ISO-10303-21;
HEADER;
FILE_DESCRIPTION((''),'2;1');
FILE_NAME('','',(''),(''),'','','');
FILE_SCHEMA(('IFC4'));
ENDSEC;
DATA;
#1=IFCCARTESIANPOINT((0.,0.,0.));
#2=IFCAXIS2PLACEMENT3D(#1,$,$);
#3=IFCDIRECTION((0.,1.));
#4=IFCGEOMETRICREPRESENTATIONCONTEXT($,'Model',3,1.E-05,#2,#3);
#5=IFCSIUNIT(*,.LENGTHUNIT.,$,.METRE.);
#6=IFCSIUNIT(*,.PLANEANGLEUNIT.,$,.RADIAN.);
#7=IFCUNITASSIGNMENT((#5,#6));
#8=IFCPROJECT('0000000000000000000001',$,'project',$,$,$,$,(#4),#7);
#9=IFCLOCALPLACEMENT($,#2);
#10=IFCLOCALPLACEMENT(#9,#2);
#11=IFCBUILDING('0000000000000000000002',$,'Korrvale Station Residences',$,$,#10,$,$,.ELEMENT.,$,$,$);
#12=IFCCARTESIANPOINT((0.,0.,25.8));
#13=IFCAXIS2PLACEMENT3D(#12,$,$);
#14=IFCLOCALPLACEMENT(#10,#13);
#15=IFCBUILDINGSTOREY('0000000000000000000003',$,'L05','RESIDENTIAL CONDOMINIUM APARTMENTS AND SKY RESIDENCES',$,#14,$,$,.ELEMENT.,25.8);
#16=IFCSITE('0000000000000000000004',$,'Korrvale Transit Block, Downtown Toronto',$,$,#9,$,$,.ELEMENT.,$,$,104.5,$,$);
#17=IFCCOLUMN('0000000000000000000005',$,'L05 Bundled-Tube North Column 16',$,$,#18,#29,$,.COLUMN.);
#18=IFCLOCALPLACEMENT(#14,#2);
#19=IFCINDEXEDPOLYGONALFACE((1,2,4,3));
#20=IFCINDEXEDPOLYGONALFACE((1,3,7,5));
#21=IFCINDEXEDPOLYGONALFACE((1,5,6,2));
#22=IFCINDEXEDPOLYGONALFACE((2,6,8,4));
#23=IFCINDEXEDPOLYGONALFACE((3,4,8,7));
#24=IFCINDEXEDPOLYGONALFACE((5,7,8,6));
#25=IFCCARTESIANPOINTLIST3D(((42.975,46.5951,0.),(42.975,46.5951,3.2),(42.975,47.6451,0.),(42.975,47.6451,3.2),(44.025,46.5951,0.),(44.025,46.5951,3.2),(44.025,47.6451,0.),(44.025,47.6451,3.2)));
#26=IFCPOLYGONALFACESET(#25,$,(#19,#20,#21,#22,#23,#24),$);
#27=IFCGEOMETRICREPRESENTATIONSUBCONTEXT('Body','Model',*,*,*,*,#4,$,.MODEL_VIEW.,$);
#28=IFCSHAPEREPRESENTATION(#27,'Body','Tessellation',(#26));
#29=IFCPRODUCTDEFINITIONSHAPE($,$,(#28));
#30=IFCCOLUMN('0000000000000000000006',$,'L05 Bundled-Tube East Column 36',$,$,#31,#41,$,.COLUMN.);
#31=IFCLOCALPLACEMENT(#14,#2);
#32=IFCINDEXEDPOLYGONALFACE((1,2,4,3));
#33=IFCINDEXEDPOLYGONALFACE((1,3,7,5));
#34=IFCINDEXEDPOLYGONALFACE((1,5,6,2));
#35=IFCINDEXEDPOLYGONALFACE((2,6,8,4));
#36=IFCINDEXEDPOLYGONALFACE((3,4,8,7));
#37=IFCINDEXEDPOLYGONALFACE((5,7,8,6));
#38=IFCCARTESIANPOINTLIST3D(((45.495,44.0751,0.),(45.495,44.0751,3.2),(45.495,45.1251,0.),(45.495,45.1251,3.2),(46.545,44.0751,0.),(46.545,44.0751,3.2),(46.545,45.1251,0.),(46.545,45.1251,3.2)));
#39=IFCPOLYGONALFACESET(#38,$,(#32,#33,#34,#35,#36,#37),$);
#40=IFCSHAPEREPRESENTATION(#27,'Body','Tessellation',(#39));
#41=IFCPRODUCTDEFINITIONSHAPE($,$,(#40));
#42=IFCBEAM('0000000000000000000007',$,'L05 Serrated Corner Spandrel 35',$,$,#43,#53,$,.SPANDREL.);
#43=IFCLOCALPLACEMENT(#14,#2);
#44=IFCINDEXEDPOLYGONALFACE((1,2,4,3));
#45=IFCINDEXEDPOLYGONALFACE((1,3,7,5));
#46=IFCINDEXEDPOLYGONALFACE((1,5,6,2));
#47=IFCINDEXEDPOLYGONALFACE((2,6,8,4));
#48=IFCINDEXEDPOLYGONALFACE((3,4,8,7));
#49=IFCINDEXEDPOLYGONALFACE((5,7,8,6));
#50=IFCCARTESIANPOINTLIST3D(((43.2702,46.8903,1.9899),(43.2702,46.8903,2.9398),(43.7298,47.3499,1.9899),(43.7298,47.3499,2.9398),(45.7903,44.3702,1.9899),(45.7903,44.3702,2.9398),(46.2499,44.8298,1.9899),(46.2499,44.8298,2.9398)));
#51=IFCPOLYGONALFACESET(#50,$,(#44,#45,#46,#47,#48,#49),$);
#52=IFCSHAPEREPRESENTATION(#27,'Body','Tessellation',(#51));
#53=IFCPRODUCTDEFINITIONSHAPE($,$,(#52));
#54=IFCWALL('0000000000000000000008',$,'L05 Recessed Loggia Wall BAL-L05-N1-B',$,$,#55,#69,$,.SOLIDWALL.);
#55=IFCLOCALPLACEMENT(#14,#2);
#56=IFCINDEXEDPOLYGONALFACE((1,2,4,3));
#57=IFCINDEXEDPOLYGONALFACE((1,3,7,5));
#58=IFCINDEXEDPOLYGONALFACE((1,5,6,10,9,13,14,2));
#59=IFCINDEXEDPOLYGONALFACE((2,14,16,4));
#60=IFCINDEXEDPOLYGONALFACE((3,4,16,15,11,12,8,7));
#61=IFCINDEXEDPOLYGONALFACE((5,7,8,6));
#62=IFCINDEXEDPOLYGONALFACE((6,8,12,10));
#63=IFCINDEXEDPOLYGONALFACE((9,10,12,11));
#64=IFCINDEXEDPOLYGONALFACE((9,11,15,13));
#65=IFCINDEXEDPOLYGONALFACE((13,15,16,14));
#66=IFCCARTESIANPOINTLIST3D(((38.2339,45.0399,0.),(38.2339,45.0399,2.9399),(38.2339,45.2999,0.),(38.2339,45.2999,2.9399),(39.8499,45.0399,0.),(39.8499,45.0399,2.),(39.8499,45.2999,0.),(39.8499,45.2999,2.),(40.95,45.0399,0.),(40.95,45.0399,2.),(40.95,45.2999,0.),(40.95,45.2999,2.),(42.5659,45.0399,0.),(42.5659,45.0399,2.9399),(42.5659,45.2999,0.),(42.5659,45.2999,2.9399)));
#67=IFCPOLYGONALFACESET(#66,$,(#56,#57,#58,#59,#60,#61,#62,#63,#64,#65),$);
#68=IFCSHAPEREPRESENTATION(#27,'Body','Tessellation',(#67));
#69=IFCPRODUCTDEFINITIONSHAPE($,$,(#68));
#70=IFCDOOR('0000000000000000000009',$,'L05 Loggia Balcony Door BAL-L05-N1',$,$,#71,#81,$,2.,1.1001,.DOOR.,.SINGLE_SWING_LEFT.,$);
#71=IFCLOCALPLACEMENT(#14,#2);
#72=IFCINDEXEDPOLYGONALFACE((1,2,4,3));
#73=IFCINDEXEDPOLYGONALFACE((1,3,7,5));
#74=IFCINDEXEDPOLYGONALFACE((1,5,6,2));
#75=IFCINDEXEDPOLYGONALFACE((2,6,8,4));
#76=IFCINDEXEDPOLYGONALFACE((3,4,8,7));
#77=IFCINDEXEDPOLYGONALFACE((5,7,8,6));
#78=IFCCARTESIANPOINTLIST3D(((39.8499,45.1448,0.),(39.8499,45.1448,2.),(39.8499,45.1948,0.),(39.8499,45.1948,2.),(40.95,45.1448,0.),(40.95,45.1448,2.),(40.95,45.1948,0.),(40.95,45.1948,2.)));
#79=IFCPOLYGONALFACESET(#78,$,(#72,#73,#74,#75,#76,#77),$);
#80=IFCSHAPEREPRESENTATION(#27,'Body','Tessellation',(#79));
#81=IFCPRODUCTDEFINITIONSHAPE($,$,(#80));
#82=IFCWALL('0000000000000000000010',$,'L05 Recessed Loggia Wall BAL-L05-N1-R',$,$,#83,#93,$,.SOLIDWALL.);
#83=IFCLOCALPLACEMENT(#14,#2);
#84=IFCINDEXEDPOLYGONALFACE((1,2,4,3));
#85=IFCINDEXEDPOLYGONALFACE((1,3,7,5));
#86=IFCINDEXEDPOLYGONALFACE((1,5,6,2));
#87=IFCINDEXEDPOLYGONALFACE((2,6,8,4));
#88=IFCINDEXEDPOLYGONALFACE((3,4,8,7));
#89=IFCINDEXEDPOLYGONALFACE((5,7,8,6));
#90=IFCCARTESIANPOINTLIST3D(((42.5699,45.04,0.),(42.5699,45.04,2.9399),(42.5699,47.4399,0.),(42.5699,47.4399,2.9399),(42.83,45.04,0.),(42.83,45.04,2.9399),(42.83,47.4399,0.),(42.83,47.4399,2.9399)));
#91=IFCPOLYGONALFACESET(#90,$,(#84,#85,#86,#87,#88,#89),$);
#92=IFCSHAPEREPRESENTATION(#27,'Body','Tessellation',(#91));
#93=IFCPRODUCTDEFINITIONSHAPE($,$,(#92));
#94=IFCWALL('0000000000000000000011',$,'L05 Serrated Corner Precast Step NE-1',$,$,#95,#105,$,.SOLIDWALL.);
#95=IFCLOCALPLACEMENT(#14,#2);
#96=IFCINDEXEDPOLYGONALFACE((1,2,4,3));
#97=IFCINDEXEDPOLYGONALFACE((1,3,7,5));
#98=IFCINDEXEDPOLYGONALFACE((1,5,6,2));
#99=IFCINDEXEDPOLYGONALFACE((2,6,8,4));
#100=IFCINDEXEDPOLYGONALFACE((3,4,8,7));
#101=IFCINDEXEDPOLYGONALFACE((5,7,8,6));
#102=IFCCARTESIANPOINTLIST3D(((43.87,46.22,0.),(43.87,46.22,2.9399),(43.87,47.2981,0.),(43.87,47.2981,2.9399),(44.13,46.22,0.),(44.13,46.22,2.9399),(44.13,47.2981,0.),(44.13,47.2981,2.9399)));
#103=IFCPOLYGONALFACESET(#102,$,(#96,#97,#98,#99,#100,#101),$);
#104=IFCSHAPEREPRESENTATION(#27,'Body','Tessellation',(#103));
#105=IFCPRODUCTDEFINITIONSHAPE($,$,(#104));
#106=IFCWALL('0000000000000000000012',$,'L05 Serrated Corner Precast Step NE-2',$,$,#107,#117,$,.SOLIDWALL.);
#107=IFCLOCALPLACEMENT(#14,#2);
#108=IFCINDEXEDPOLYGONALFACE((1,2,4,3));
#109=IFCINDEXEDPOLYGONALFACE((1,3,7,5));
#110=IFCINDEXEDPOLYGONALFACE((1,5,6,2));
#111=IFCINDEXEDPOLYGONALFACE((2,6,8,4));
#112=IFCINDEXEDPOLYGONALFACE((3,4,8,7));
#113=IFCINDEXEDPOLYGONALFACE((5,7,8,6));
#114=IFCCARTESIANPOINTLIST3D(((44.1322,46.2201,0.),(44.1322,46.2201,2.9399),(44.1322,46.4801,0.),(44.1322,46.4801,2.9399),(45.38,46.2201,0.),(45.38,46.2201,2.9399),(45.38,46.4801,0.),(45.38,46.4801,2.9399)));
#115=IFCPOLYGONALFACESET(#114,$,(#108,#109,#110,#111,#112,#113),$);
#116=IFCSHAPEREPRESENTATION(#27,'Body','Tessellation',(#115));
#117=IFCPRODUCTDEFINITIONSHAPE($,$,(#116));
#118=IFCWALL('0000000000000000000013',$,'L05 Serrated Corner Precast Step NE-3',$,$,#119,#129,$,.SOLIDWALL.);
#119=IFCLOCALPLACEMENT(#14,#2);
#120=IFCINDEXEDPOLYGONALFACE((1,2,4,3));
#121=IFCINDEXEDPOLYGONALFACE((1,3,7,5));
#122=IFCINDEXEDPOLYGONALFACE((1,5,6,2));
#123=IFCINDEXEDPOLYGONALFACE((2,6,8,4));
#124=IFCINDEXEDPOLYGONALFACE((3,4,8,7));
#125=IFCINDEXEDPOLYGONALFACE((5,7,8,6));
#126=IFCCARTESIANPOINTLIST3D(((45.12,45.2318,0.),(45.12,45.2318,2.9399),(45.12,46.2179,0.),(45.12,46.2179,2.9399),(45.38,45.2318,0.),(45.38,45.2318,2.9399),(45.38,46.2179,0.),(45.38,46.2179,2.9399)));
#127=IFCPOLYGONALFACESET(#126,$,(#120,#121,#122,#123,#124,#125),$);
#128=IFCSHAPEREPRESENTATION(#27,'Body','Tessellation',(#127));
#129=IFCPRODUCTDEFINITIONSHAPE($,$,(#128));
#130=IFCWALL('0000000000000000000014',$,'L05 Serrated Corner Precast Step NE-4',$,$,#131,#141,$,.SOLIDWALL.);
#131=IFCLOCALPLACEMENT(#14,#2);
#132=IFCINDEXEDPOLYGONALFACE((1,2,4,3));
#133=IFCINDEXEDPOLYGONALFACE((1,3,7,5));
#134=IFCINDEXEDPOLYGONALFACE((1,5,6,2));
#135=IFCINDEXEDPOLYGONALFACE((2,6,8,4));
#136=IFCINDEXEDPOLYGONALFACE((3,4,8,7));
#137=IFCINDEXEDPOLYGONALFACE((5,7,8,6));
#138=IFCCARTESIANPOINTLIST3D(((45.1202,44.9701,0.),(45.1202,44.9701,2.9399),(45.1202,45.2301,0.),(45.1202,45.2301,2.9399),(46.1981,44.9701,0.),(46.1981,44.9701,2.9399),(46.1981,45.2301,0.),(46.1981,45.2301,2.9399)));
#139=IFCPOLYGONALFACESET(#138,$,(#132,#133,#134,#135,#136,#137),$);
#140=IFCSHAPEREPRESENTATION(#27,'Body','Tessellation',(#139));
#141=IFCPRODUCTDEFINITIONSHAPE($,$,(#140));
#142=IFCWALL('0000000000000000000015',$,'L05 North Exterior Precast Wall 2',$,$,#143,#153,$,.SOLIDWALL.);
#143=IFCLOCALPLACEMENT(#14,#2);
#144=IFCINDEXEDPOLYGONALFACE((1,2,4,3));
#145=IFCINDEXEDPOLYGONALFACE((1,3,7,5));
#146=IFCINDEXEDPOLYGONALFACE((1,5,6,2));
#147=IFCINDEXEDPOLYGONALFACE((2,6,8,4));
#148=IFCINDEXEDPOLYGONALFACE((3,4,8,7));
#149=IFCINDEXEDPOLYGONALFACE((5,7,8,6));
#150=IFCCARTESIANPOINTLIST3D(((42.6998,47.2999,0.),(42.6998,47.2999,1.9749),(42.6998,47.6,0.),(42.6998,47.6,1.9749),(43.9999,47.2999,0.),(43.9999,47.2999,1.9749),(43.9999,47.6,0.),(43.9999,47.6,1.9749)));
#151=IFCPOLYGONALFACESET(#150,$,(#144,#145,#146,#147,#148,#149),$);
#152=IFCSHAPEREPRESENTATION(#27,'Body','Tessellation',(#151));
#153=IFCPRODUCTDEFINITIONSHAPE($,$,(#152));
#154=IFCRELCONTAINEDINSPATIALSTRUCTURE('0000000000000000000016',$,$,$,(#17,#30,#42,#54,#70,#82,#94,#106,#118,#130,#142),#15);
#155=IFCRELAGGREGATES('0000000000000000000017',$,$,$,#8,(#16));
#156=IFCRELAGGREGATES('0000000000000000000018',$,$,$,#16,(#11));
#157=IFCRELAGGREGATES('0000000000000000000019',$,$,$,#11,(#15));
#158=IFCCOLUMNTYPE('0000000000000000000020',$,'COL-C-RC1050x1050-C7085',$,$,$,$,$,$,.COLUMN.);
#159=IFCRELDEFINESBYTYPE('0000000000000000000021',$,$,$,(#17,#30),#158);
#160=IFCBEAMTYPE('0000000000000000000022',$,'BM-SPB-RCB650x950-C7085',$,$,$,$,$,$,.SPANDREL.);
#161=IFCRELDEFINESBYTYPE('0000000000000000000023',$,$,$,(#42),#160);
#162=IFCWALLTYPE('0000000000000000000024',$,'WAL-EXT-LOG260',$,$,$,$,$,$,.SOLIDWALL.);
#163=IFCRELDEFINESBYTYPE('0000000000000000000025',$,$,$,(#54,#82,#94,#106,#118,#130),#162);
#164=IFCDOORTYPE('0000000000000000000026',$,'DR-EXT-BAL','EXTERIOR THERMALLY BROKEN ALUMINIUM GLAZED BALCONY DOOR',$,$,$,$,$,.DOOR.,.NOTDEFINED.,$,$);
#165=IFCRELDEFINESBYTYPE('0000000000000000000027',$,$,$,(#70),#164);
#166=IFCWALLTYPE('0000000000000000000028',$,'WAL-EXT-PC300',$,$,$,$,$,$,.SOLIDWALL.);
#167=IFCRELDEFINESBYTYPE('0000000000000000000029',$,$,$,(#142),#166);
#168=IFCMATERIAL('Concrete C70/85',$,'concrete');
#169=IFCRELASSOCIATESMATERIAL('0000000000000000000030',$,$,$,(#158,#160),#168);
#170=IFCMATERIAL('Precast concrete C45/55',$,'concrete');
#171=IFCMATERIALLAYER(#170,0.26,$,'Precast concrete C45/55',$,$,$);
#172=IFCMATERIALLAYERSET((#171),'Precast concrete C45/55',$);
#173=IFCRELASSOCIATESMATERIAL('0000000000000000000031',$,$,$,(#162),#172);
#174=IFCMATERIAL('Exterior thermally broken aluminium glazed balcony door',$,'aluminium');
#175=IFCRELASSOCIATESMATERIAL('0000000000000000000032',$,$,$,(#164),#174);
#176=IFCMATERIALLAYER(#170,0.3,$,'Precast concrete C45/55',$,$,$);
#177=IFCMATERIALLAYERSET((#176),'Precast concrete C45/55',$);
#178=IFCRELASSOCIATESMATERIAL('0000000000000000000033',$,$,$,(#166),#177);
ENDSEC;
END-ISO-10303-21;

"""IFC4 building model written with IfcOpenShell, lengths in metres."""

from ifc_helpers import new_model, si_unit, direction, frame, frame_2d, origin, origin_2d, place, context, subcontext, project, spatial, rectangle, extrude, material, layer, layer_set, material_profile, profile_set, type_object, element, fill, save


model = new_model("IFC4")

# Units and contexts
model_context = context("Model", 3, precision=1e-05, world=origin(), true_north=direction((0.0, 1.0)))
body_context = subcontext(model_context, "Body", "Model", "MODEL_VIEW")
ifc_project = project(units=[si_unit("LENGTHUNIT", "METRE"), si_unit("PLANEANGLEUNIT", "RADIAN")], contexts=[model_context])

# Site, building, storey
site_placement = place(None, origin())
site = spatial("IfcSite", under=ifc_project, at=site_placement, Name="Korrvale Transit Block, Downtown Toronto", CompositionType="ELEMENT", RefElevation=104.5)
building_placement = place(site_placement, origin())
building = spatial("IfcBuilding", under=site, at=building_placement, Name="Korrvale Station Residences", CompositionType="ELEMENT")
storey_placement = place(building_placement, frame((0.0, 0.0, 25.8)))
storey = spatial("IfcBuildingStorey", under=building, at=storey_placement, Name="L05", Description="RESIDENTIAL CONDOMINIUM APARTMENTS AND SKY RESIDENCES", CompositionType="ELEMENT", Elevation=25.8)

# Columns
ifc_material_1 = material(Name="Concrete C70/85", Category="concrete")
ifc_material_profile_1 = material_profile(ifc_material_1, rectangle(XDim=1.05, YDim=1.05, at=origin_2d()), Name="RC1050x1050")
ifc_profile_set_1 = profile_set([ifc_material_profile_1], Name="Concrete C70/85")
column_type = type_object("IfcColumnType", Name="COL-C-RC1050x1050-C7085", PredefinedType="COLUMN", material=ifc_profile_set_1)
for number, where, z_axis, x_axis, name in (
    (1, (43.5, 47.1201, 0.0), (0.0, 0.0, 1.0), (1.0, 0.0, 0.0), "L05 Bundled-Tube North Column 16"),
    (2, (46.02, 44.6001, 0.0), (0.0, 0.0, 1.0), (1.0, 0.0, 0.0), "L05 Bundled-Tube East Column 36"),
):
    element("IfcColumn", number, at=place(storey_placement, frame(where, z_axis=z_axis, x_axis=x_axis)), inside=storey, type_object=column_type, Name=name, PredefinedType="COLUMN", context=body_context, shape_type="SweptSolid", body=[
        extrude(rectangle(XDim=1.05, YDim=1.05, at=origin_2d()), origin(), (0.0, 0.0, 1.0), 3.2),
    ])

# Beam
ifc_material_profile_2 = material_profile(ifc_material_1, rectangle(XDim=0.6499, YDim=0.95, at=origin_2d()), Name="RCB650x950")
ifc_profile_set_2 = profile_set([ifc_material_profile_2], Name="Concrete C70/85")
beam_type = type_object("IfcBeamType", Name="BM-SPB-RCB650x950-C7085", PredefinedType="SPANDREL", material=ifc_profile_set_2)
beam_placement = place(storey_placement, frame((43.5, 47.1201, 2.4648), z_axis=(0.707107, -0.707107, 0.0), x_axis=(0.707107, 0.707107, 0.0)))
element("IfcBeam", 3, at=beam_placement, inside=storey, type_object=beam_type, Name="L05 Serrated Corner Spandrel 35", PredefinedType="SPANDREL", context=body_context, shape_type="SweptSolid", body=[
    extrude(rectangle(XDim=0.6499, YDim=0.95, at=origin_2d()), origin(), (0.0, 0.0, 1.0), 3.564),
])

# Wall, opening, door
ifc_material_2 = material(Name="Precast concrete C45/55", Category="concrete")
ifc_layer_1 = layer(ifc_material_2, 0.26, Name="Precast concrete C45/55")
ifc_layer_set_1 = layer_set([ifc_layer_1], Name="Precast concrete C45/55")
wall_type_1 = type_object("IfcWallType", Name="WAL-EXT-LOG260", PredefinedType="SOLIDWALL", material=ifc_layer_set_1)
wall_1_placement = place(storey_placement, frame((38.2339, 45.1699, 0.0), z_axis=(0.0, 0.0, 1.0), x_axis=(1.0, 0.0, 0.0)))
wall_1 = element("IfcWall", 4, at=wall_1_placement, inside=storey, type_object=wall_type_1, Name="L05 Recessed Loggia Wall BAL-L05-N1-B", PredefinedType="SOLIDWALL", context=body_context, shape_type="SweptSolid", body=[
    extrude(rectangle(XDim=4.332, YDim=0.26, at=frame_2d((2.166, 0.0))), origin(), (0.0, 0.0, 1.0), 2.9399),
])
opening_1_placement = place(wall_1_placement, frame((1.616, 0.0, 0.0)))
opening_1 = element("IfcOpeningElement", 5, at=opening_1_placement, cuts=wall_1, PredefinedType="OPENING", context=body_context, shape_type="SweptSolid", body=[
    extrude(rectangle(XDim=1.1001, YDim=2.0, at=frame_2d((0.55, 1.0))), frame((0.0, 0.1401, 0.0), z_axis=(0.0, -1.0, 0.0), x_axis=(1.0, 0.0, 0.0)), (0.0, 0.0, 1.0), 0.28),
])
ifc_material_3 = material(Name="Exterior thermally broken aluminium glazed balcony door", Category="aluminium")
door_type_1 = type_object("IfcDoorType", Name="DR-EXT-BAL", Description="EXTERIOR THERMALLY BROKEN ALUMINIUM GLAZED BALCONY DOOR", OperationType="NOTDEFINED", PredefinedType="DOOR", material=ifc_material_3)
door_1_placement = place(opening_1_placement, origin())
door_1 = element("IfcDoor", 6, at=door_1_placement, inside=storey, type_object=door_type_1, Name="L05 Loggia Balcony Door BAL-L05-N1", OperationType="SINGLE_SWING_LEFT", OverallHeight=2.0, OverallWidth=1.1001, PredefinedType="DOOR", context=body_context, shape_type="SweptSolid", body=[
    extrude(rectangle(XDim=1.1001, YDim=2.0, at=frame_2d((0.55, 1.0))), frame((0.0, 0.0249, 0.0), z_axis=(0.0, -1.0, 0.0), x_axis=(1.0, 0.0, 0.0)), (0.0, 0.0, 1.0), 0.05),
])
fill(opening_1, door_1)

# Walls
wall_2_placement = place(storey_placement, frame((42.7, 45.04, 0.0), z_axis=(0.0, 0.0, 1.0), x_axis=(0.0, 1.0, 0.0)))
element("IfcWall", 7, at=wall_2_placement, inside=storey, type_object=wall_type_1, Name="L05 Recessed Loggia Wall BAL-L05-N1-R", PredefinedType="SOLIDWALL", context=body_context, shape_type="SweptSolid", body=[
    extrude(rectangle(XDim=2.3999, YDim=0.26, at=frame_2d((1.2, 0.0))), origin(), (0.0, 0.0, 1.0), 2.9399),
])
wall_3_placement = place(storey_placement, frame((44.0, 47.2981, 0.0), z_axis=(0.0, 0.0, 1.0), x_axis=(0.0, -1.0, 0.0)))
element("IfcWall", 8, at=wall_3_placement, inside=storey, type_object=wall_type_1, Name="L05 Serrated Corner Precast Step NE-1", PredefinedType="SOLIDWALL", context=body_context, shape_type="SweptSolid", body=[
    extrude(rectangle(XDim=1.0781, YDim=0.26, at=frame_2d((0.5391, 0.0))), origin(), (0.0, 0.0, 1.0), 2.9399),
])
wall_4_placement = place(storey_placement, frame((44.1321, 46.3501, 0.0), z_axis=(0.0, 0.0, 1.0), x_axis=(1.0, 0.0, 0.0)))
element("IfcWall", 9, at=wall_4_placement, inside=storey, type_object=wall_type_1, Name="L05 Serrated Corner Precast Step NE-2", PredefinedType="SOLIDWALL", context=body_context, shape_type="SweptSolid", body=[
    extrude(rectangle(XDim=1.2478, YDim=0.26, at=frame_2d((0.624, 0.0))), origin(), (0.0, 0.0, 1.0), 2.9399),
])
wall_5_placement = place(storey_placement, frame((45.25, 46.218, 0.0), z_axis=(0.0, 0.0, 1.0), x_axis=(0.0, -1.0, 0.0)))
element("IfcWall", 10, at=wall_5_placement, inside=storey, type_object=wall_type_1, Name="L05 Serrated Corner Precast Step NE-3", PredefinedType="SOLIDWALL", context=body_context, shape_type="SweptSolid", body=[
    extrude(rectangle(XDim=0.9861, YDim=0.26, at=frame_2d((0.4932, 0.0))), origin(), (0.0, 0.0, 1.0), 2.9399),
])
wall_6_placement = place(storey_placement, frame((45.1201, 45.1001, 0.0), z_axis=(0.0, 0.0, 1.0), x_axis=(1.0, 0.0, 0.0)))
element("IfcWall", 11, at=wall_6_placement, inside=storey, type_object=wall_type_1, Name="L05 Serrated Corner Precast Step NE-4", PredefinedType="SOLIDWALL", context=body_context, shape_type="SweptSolid", body=[
    extrude(rectangle(XDim=1.0779, YDim=0.26, at=frame_2d((0.5391, 0.0))), origin(), (0.0, 0.0, 1.0), 2.9399),
])
ifc_layer_2 = layer(ifc_material_2, 0.3, Name="Precast concrete C45/55")
ifc_layer_set_2 = layer_set([ifc_layer_2], Name="Precast concrete C45/55")
wall_type_2 = type_object("IfcWallType", Name="WAL-EXT-PC300", PredefinedType="SOLIDWALL", material=ifc_layer_set_2)
wall_7_placement = place(storey_placement, frame((42.7, 47.45, 0.0), z_axis=(0.0, 0.0, 1.0), x_axis=(1.0, 0.0, 0.0)))
element("IfcWall", 12, at=wall_7_placement, inside=storey, type_object=wall_type_2, Name="L05 North Exterior Precast Wall 2", PredefinedType="SOLIDWALL", context=body_context, shape_type="SweptSolid", body=[
    extrude(rectangle(XDim=1.3, YDim=0.3, at=frame_2d((0.6499, 0.0))), origin(), (0.0, 0.0, 1.0), 1.9749),
])

save(model, "model.ifc")
